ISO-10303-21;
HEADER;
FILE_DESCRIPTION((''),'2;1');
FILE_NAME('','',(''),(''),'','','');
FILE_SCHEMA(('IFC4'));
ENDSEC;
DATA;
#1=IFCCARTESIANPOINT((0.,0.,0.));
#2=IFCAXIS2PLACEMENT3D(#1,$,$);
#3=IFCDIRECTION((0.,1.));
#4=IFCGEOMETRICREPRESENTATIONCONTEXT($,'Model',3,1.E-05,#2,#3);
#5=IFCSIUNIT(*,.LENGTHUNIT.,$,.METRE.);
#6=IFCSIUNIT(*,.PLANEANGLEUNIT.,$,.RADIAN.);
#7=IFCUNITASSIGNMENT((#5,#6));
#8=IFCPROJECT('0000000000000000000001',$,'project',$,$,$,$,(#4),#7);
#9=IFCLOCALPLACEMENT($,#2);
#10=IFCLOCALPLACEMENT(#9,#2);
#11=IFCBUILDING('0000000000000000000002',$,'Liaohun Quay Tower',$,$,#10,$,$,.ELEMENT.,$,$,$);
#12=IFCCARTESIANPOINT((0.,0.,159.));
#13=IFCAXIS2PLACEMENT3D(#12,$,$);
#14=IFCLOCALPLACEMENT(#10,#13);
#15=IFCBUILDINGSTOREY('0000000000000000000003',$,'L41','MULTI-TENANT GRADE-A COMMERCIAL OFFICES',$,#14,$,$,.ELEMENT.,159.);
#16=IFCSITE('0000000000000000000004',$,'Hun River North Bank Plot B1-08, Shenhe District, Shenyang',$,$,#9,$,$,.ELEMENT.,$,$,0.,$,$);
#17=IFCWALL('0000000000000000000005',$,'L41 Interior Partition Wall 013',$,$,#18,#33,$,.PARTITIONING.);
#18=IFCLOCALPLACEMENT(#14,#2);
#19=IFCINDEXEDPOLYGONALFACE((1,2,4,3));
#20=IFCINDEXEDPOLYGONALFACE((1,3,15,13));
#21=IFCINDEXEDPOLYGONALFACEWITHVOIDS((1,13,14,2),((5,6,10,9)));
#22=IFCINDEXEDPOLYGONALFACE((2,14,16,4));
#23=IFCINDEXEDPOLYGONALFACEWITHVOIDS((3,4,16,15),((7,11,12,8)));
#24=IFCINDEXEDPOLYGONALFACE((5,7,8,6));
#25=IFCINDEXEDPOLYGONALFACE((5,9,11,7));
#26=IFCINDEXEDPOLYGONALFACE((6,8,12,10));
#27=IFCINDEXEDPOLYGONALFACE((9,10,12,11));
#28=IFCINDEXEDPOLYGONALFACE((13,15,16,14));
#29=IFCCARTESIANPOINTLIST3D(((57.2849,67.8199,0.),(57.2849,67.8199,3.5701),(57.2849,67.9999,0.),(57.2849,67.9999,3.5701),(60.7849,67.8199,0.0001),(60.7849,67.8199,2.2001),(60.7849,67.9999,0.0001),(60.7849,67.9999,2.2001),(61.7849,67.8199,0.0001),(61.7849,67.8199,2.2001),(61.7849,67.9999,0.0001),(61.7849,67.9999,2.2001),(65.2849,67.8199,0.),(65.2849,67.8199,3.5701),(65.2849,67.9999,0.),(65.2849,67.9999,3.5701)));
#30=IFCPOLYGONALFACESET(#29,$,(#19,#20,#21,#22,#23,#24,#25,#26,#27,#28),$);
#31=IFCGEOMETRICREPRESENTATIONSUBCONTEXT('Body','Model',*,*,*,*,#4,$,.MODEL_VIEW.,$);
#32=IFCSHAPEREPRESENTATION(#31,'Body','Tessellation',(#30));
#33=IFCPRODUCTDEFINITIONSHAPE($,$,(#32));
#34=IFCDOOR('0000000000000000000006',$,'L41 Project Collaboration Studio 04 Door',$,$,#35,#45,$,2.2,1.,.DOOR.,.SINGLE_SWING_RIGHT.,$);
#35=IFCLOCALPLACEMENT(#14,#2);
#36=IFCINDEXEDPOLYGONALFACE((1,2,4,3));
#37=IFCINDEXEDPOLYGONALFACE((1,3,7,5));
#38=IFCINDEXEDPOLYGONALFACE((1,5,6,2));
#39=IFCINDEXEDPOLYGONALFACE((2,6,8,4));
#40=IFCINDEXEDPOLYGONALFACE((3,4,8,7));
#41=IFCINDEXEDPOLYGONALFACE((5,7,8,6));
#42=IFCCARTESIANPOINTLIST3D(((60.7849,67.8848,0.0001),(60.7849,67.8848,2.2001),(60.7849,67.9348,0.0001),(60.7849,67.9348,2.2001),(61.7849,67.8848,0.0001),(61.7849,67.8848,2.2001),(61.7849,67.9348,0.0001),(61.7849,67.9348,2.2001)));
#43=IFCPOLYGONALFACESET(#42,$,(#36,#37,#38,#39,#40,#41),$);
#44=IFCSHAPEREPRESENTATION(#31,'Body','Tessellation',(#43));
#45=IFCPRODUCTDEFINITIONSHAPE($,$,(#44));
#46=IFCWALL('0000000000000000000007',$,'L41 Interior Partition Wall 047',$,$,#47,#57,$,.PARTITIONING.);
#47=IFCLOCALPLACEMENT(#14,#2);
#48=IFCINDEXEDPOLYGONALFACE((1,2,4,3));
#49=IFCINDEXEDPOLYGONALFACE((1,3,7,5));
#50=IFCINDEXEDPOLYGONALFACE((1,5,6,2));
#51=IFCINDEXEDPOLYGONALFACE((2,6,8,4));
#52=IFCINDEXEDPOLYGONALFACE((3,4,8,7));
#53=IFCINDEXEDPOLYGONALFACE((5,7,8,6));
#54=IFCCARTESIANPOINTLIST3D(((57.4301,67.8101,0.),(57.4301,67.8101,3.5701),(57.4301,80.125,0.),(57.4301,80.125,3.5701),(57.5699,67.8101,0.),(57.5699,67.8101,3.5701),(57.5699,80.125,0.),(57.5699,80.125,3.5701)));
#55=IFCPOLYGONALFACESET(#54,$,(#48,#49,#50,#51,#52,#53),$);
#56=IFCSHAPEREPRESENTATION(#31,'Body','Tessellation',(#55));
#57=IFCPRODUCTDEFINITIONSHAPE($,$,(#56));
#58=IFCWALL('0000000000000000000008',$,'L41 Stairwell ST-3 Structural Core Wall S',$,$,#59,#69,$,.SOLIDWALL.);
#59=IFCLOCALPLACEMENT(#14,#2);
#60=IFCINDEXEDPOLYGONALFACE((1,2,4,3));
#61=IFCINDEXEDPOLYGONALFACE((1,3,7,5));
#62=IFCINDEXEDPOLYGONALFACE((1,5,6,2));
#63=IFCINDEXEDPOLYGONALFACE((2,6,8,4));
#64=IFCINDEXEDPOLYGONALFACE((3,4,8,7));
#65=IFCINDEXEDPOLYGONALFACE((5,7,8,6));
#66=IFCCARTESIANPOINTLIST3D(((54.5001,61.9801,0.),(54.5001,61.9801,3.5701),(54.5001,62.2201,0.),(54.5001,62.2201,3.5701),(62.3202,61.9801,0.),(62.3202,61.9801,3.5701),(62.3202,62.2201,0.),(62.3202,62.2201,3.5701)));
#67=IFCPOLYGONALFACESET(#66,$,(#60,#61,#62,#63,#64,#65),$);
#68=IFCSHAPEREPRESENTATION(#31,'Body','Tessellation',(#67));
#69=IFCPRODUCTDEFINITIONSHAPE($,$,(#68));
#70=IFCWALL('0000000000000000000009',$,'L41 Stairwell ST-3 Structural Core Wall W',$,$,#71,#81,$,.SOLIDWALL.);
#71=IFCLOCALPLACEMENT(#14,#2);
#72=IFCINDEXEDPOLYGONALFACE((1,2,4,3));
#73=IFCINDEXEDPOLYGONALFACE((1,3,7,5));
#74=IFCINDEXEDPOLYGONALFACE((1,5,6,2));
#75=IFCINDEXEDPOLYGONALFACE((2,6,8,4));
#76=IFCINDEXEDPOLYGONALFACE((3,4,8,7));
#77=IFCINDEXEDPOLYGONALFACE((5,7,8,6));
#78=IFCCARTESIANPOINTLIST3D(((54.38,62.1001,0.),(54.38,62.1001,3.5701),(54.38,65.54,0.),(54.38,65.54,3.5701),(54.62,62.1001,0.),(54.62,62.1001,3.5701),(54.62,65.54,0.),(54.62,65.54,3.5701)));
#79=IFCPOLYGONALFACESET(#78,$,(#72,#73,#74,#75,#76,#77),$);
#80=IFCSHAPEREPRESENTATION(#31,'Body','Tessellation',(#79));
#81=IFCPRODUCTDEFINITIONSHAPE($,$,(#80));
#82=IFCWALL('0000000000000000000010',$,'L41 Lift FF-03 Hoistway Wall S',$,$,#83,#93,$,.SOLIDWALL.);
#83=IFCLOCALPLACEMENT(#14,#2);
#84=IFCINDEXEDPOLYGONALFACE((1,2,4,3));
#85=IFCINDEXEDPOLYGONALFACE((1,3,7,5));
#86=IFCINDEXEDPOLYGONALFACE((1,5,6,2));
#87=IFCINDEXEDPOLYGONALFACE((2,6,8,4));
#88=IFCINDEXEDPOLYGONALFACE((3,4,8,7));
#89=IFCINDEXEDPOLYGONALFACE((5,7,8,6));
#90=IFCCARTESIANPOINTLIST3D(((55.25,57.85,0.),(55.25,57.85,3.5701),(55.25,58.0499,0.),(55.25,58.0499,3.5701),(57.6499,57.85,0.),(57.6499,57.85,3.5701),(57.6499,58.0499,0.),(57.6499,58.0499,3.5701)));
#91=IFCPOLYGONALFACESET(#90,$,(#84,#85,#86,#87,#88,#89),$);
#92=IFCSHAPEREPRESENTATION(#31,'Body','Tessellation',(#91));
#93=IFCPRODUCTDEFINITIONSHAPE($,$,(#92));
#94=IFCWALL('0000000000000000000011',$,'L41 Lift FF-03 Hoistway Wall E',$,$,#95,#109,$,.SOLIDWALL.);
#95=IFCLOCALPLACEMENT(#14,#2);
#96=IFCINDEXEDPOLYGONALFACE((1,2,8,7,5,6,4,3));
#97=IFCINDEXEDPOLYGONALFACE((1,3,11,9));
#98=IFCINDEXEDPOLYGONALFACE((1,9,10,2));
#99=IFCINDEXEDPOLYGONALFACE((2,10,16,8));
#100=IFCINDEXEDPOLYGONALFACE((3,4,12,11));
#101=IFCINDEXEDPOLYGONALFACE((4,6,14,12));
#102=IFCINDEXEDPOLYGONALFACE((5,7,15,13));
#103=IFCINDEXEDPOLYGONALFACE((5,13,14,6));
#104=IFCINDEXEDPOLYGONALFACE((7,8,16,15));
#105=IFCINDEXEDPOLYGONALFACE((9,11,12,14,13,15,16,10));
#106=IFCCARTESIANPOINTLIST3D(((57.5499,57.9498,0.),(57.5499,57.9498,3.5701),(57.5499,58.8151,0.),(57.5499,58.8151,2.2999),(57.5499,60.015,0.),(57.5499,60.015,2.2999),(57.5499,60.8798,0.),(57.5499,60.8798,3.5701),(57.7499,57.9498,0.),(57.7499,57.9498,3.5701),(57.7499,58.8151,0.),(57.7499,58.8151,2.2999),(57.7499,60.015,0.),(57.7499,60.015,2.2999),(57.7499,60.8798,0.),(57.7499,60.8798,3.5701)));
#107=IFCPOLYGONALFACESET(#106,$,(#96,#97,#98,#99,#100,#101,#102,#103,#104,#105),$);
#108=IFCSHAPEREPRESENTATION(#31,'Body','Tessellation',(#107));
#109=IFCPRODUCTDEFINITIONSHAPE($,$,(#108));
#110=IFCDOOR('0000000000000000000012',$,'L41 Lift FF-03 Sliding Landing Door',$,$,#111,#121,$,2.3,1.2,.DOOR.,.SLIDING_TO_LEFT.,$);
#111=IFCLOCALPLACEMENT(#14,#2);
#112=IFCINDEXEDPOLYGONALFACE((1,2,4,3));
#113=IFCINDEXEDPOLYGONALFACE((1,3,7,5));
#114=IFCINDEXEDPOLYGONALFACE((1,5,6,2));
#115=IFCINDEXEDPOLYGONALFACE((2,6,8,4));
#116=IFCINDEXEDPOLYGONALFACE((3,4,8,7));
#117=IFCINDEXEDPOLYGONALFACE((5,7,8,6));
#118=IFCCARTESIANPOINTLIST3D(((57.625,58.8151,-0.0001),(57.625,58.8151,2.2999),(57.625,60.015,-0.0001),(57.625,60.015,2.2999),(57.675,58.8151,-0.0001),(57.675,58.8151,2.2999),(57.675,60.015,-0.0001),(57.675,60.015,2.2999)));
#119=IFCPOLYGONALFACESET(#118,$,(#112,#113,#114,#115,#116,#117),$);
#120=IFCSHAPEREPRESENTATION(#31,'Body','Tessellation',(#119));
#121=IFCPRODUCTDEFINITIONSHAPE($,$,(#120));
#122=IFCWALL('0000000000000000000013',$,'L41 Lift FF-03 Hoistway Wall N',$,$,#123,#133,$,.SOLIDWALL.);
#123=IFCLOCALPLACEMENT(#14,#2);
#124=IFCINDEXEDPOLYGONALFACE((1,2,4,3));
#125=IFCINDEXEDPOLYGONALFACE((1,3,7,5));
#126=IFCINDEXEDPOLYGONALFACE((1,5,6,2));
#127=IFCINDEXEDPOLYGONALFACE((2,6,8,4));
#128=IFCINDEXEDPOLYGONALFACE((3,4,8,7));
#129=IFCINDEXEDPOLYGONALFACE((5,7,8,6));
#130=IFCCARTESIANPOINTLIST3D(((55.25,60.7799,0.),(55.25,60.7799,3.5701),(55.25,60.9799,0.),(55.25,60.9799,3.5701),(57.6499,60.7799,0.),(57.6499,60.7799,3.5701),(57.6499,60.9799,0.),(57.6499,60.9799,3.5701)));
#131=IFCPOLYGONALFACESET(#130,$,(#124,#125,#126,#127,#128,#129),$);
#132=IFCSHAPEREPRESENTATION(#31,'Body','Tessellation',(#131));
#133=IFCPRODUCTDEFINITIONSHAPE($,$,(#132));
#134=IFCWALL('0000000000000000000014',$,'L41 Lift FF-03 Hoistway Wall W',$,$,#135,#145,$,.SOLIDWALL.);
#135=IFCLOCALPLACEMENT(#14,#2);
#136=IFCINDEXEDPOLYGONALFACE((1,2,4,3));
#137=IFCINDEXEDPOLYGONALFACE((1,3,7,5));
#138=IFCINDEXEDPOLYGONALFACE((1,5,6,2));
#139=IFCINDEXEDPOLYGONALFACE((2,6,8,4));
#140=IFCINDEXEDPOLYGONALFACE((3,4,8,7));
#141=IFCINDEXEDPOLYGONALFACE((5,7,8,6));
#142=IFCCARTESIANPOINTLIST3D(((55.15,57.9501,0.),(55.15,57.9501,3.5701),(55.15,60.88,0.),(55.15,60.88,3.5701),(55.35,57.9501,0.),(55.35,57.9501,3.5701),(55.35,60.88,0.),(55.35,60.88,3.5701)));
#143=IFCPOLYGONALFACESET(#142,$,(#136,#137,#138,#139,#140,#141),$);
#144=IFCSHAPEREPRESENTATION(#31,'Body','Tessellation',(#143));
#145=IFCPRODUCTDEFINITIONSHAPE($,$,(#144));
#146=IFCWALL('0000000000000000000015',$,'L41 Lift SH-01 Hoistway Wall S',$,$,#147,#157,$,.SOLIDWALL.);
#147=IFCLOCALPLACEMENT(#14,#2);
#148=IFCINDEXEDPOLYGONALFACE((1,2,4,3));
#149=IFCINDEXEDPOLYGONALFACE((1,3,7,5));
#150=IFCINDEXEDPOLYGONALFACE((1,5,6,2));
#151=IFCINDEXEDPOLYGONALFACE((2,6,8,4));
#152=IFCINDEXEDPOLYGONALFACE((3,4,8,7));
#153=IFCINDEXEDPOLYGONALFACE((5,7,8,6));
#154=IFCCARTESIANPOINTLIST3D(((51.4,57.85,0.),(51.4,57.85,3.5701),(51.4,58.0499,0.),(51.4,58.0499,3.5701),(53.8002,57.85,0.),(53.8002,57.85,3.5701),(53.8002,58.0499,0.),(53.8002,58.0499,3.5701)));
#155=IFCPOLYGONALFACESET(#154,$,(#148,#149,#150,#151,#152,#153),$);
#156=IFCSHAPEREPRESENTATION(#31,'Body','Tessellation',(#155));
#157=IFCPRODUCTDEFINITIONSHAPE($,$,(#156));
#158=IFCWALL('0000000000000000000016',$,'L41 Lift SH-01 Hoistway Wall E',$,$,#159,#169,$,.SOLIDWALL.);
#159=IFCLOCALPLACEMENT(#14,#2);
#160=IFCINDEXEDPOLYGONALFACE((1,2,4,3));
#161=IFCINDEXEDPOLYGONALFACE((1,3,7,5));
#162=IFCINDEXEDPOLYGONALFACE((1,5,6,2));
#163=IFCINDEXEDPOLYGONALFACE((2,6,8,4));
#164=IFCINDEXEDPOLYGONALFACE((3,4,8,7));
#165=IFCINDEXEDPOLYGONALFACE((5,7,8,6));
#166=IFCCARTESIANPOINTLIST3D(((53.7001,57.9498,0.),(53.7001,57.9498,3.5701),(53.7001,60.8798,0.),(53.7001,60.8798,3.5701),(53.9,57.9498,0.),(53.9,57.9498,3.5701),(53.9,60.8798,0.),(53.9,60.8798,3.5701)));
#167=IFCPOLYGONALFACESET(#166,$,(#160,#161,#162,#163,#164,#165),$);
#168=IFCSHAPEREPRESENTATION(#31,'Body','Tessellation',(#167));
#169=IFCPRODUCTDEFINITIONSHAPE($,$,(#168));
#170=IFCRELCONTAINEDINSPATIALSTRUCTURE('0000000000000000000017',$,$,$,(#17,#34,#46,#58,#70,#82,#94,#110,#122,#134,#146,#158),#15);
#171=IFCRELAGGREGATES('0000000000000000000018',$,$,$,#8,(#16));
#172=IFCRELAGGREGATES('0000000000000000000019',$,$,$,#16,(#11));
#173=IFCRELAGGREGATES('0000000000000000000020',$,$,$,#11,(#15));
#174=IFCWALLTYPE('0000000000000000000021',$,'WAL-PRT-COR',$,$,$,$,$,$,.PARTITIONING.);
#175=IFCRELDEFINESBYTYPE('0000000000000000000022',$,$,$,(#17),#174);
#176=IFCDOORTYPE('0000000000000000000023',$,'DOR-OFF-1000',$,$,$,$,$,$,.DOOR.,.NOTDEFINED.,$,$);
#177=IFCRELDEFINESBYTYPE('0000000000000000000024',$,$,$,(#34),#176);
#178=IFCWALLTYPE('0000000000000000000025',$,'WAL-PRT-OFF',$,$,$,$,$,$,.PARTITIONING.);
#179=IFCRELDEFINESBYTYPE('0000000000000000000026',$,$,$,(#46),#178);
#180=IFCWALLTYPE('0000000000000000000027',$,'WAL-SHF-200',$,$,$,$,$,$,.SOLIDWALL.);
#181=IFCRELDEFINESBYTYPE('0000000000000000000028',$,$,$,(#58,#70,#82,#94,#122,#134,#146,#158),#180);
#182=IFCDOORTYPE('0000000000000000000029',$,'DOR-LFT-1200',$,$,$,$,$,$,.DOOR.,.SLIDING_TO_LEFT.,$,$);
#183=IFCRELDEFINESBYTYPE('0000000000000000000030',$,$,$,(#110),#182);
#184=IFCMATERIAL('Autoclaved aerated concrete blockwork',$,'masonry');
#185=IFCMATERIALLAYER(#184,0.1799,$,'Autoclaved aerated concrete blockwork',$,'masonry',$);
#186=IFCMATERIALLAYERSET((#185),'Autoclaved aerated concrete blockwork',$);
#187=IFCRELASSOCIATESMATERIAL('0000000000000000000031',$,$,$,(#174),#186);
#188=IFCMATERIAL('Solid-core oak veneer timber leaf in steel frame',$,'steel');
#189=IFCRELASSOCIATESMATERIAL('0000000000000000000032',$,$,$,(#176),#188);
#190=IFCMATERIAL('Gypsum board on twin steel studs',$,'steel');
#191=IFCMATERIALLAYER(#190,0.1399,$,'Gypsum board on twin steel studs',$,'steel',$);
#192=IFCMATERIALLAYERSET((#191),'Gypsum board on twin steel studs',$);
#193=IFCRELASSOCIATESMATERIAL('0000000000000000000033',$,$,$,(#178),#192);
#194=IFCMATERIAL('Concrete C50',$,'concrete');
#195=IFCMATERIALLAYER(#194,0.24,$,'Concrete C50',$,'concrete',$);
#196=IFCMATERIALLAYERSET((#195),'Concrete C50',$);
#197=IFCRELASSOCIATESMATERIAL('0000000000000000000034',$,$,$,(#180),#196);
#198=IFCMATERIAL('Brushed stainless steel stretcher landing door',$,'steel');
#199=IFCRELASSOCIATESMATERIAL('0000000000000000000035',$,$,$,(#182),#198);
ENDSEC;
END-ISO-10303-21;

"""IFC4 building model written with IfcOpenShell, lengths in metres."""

from ifc_helpers import new_model, si_unit, direction, frame, frame_2d, origin, place, context, subcontext, project, spatial, rectangle, extrude, source, transform, mapped, material, layer, layer_set, type_object, element, fill, save


model = new_model("IFC4")

# Units and contexts
model_context = context("Model", 3, precision=1e-05, world=origin(), true_north=direction((0.0, 1.0)))
body_context = subcontext(model_context, "Body", "Model", "MODEL_VIEW")
ifc_project = project(units=[si_unit("LENGTHUNIT", "METRE"), si_unit("PLANEANGLEUNIT", "RADIAN")], contexts=[model_context])

# Site, building, storey
site_placement = place(None, origin())
site = spatial("IfcSite", under=ifc_project, at=site_placement, Name="Hun River North Bank Plot B1-08, Shenhe District, Shenyang", CompositionType="ELEMENT", RefElevation=0.0)
building_placement = place(site_placement, origin())
building = spatial("IfcBuilding", under=site, at=building_placement, Name="Liaohun Quay Tower", CompositionType="ELEMENT")
storey_placement = place(building_placement, frame((0.0, 0.0, 159.0)))
storey = spatial("IfcBuildingStorey", under=building, at=storey_placement, Name="L41", Description="MULTI-TENANT GRADE-A COMMERCIAL OFFICES", CompositionType="ELEMENT", Elevation=159.0)

# Wall, opening, door
ifc_material_1 = material(Name="Autoclaved aerated concrete blockwork", Category="masonry")
ifc_layer_1 = layer(ifc_material_1, 0.1799, Name="Autoclaved aerated concrete blockwork", Category="masonry")
ifc_layer_set_1 = layer_set([ifc_layer_1], Name="Autoclaved aerated concrete blockwork")
wall_type_1 = type_object("IfcWallType", Name="WAL-PRT-COR", PredefinedType="PARTITIONING", material=ifc_layer_set_1)
wall_1_placement = place(storey_placement, frame((57.2849, 67.9099, 0.0), z_axis=(0.0, 0.0, 1.0), x_axis=(1.0, 0.0, 0.0)))
wall_1 = element("IfcWall", 1, at=wall_1_placement, inside=storey, type_object=wall_type_1, Name="L41 Interior Partition Wall 013", PredefinedType="PARTITIONING", context=body_context, shape_type="SweptSolid", body=[
    extrude(rectangle(XDim=8.0, YDim=0.1799, at=frame_2d((4.0, 0.0))), origin(), (0.0, 0.0, 1.0), 3.5701),
])
shared_shape_1 = source(origin(), body_context, "Body", "SweptSolid", [
    extrude(rectangle(XDim=1.0, YDim=2.2, at=frame_2d((0.5, 1.1001))), frame((0.0, 0.0999, 0.0), z_axis=(0.0, -1.0, 0.0), x_axis=(1.0, 0.0, 0.0)), (0.0, 0.0, 1.0), 0.2),
])
opening_1_placement = place(wall_1_placement, frame((3.5, 0.0, 0.0)))
opening_1 = element("IfcOpeningElement", 2, at=opening_1_placement, cuts=wall_1, PredefinedType="OPENING", context=body_context, shape_type="MappedRepresentation", body=[
    mapped(shared_shape_1, transform((0.0, 0.0, 0.0), x_axis=(1.0, 0.0, 0.0), y_axis=(0.0, 1.0, 0.0), z_axis=(0.0, 0.0, 1.0), scale=1.0)),
])
ifc_material_2 = material(Name="Solid-core oak veneer timber leaf in steel frame", Category="steel")
door_type_1 = type_object("IfcDoorType", Name="DOR-OFF-1000", OperationType="NOTDEFINED", PredefinedType="DOOR", material=ifc_material_2)
shared_shape_2 = source(origin(), body_context, "Body", "SweptSolid", [
    extrude(rectangle(XDim=1.0, YDim=2.2, at=frame_2d((0.5, 1.1001))), frame((0.0, 0.0249, 0.0), z_axis=(0.0, -1.0, 0.0), x_axis=(1.0, 0.0, 0.0)), (0.0, 0.0, 1.0), 0.05),
])
door_1_placement = place(opening_1_placement, origin())
door_1 = element("IfcDoor", 3, at=door_1_placement, inside=storey, type_object=door_type_1, Name="L41 Project Collaboration Studio 04 Door", OperationType="SINGLE_SWING_RIGHT", OverallHeight=2.2, OverallWidth=1.0, PredefinedType="DOOR", context=body_context, shape_type="MappedRepresentation", body=[
    mapped(shared_shape_2, transform((0.0, 0.0, 0.0), x_axis=(1.0, 0.0, 0.0), y_axis=(0.0, 1.0, 0.0), z_axis=(0.0, 0.0, 1.0), scale=1.0)),
])
fill(opening_1, door_1)

# Walls
ifc_material_3 = material(Name="Gypsum board on twin steel studs", Category="steel")
ifc_layer_2 = layer(ifc_material_3, 0.1399, Name="Gypsum board on twin steel studs", Category="steel")
ifc_layer_set_2 = layer_set([ifc_layer_2], Name="Gypsum board on twin steel studs")
wall_type_2 = type_object("IfcWallType", Name="WAL-PRT-OFF", PredefinedType="PARTITIONING", material=ifc_layer_set_2)
wall_2_placement = place(storey_placement, frame((57.5, 67.8101, 0.0), z_axis=(0.0, 0.0, 1.0), x_axis=(0.0, 1.0, 0.0)))
element("IfcWall", 4, at=wall_2_placement, inside=storey, type_object=wall_type_2, Name="L41 Interior Partition Wall 047", PredefinedType="PARTITIONING", context=body_context, shape_type="SweptSolid", body=[
    extrude(rectangle(XDim=12.3149, YDim=0.1399, at=frame_2d((6.1575, 0.0))), origin(), (0.0, 0.0, 1.0), 3.5701),
])
ifc_material_4 = material(Name="Concrete C50", Category="concrete")
ifc_layer_3 = layer(ifc_material_4, 0.24, Name="Concrete C50", Category="concrete")
ifc_layer_set_3 = layer_set([ifc_layer_3], Name="Concrete C50")
wall_type_3 = type_object("IfcWallType", Name="WAL-SHF-200", PredefinedType="SOLIDWALL", material=ifc_layer_set_3)
wall_3_placement = place(storey_placement, frame((54.5, 62.1001, 0.0), z_axis=(0.0, 0.0, 1.0), x_axis=(1.0, 0.0, 0.0)))
element("IfcWall", 5, at=wall_3_placement, inside=storey, type_object=wall_type_3, Name="L41 Stairwell ST-3 Structural Core Wall S", PredefinedType="SOLIDWALL", context=body_context, shape_type="SweptSolid", body=[
    extrude(rectangle(XDim=7.8201, YDim=0.24, at=frame_2d((3.9102, 0.0))), origin(), (0.0, 0.0, 1.0), 3.5701),
])
wall_4_placement = place(storey_placement, frame((54.5, 65.54, 0.0), z_axis=(0.0, 0.0, 1.0), x_axis=(0.0, -1.0, 0.0)))
element("IfcWall", 6, at=wall_4_placement, inside=storey, type_object=wall_type_3, Name="L41 Stairwell ST-3 Structural Core Wall W", PredefinedType="SOLIDWALL", context=body_context, shape_type="SweptSolid", body=[
    extrude(rectangle(XDim=3.4399, YDim=0.24, at=frame_2d((1.72, 0.0))), origin(), (0.0, 0.0, 1.0), 3.5701),
])
wall_5_placement = place(storey_placement, frame((55.25, 57.95, 0.0), z_axis=(0.0, 0.0, 1.0), x_axis=(1.0, 0.0, 0.0)))
element("IfcWall", 7, at=wall_5_placement, inside=storey, type_object=wall_type_3, Name="L41 Lift FF-03 Hoistway Wall S", PredefinedType="SOLIDWALL", context=body_context, shape_type="SweptSolid", body=[
    extrude(rectangle(XDim=2.3999, YDim=0.2, at=frame_2d((1.2, 0.0))), origin(), (0.0, 0.0, 1.0), 3.5701),
])

# Wall, opening, door
wall_6_placement = place(storey_placement, frame((57.6499, 57.95, 0.0), z_axis=(0.0, 0.0, 1.0), x_axis=(0.0, 1.0, 0.0)))
wall_6 = element("IfcWall", 8, at=wall_6_placement, inside=storey, type_object=wall_type_3, Name="L41 Lift FF-03 Hoistway Wall E", PredefinedType="SOLIDWALL", context=body_context, shape_type="SweptSolid", body=[
    extrude(rectangle(XDim=2.9299, YDim=0.2, at=frame_2d((1.4648, 0.0))), origin(), (0.0, 0.0, 1.0), 3.5701),
])
shared_shape_3 = source(origin(), body_context, "Body", "SweptSolid", [
    extrude(rectangle(XDim=1.2, YDim=2.3, at=frame_2d((0.6001, 1.1499))), frame((0.0, 0.1099, 0.0), z_axis=(0.0, -1.0, 0.0), x_axis=(1.0, 0.0, 0.0)), (0.0, 0.0, 1.0), 0.22),
])
opening_2_placement = place(wall_6_placement, frame((0.865, 0.0, 0.0)))
opening_2 = element("IfcOpeningElement", 9, at=opening_2_placement, cuts=wall_6, PredefinedType="OPENING", context=body_context, shape_type="MappedRepresentation", body=[
    mapped(shared_shape_3, transform((0.0, 0.0, 0.0), x_axis=(1.0, 0.0, 0.0), y_axis=(0.0, 1.0, 0.0), z_axis=(0.0, 0.0, 1.0), scale=1.0)),
])
ifc_material_5 = material(Name="Brushed stainless steel stretcher landing door", Category="steel")
door_type_2 = type_object("IfcDoorType", Name="DOR-LFT-1200", OperationType="SLIDING_TO_LEFT", PredefinedType="DOOR", material=ifc_material_5)
shared_shape_4 = source(origin(), body_context, "Body", "SweptSolid", [
    extrude(rectangle(XDim=1.2, YDim=2.3, at=frame_2d((0.6001, 1.1499))), frame((0.0, 0.0249, 0.0), z_axis=(0.0, -1.0, 0.0), x_axis=(1.0, 0.0, 0.0)), (0.0, 0.0, 1.0), 0.05),
])
door_2_placement = place(opening_2_placement, origin())
door_2 = element("IfcDoor", 10, at=door_2_placement, inside=storey, type_object=door_type_2, Name="L41 Lift FF-03 Sliding Landing Door", OperationType="SLIDING_TO_LEFT", OverallHeight=2.3, OverallWidth=1.2, PredefinedType="DOOR", context=body_context, shape_type="MappedRepresentation", body=[
    mapped(shared_shape_4, transform((0.0, 0.0, 0.0), x_axis=(1.0, 0.0, 0.0), y_axis=(0.0, 1.0, 0.0), z_axis=(0.0, 0.0, 1.0), scale=1.0)),
])
fill(opening_2, door_2)

# Walls
wall_7_placement = place(storey_placement, frame((57.6499, 60.8799, 0.0), z_axis=(0.0, 0.0, 1.0), x_axis=(-1.0, 0.0, 0.0)))
element("IfcWall", 11, at=wall_7_placement, inside=storey, type_object=wall_type_3, Name="L41 Lift FF-03 Hoistway Wall N", PredefinedType="SOLIDWALL", context=body_context, shape_type="SweptSolid", body=[
    extrude(rectangle(XDim=2.3999, YDim=0.2, at=frame_2d((1.2, 0.0))), origin(), (0.0, 0.0, 1.0), 3.5701),
])
wall_8_placement = place(storey_placement, frame((55.25, 60.8799, 0.0), z_axis=(0.0, 0.0, 1.0), x_axis=(0.0, -1.0, 0.0)))
element("IfcWall", 12, at=wall_8_placement, inside=storey, type_object=wall_type_3, Name="L41 Lift FF-03 Hoistway Wall W", PredefinedType="SOLIDWALL", context=body_context, shape_type="SweptSolid", body=[
    extrude(rectangle(XDim=2.9299, YDim=0.2, at=frame_2d((1.4648, 0.0))), origin(), (0.0, 0.0, 1.0), 3.5701),
])
wall_9_placement = place(storey_placement, frame((51.3999, 57.95, 0.0), z_axis=(0.0, 0.0, 1.0), x_axis=(1.0, 0.0, 0.0)))
element("IfcWall", 13, at=wall_9_placement, inside=storey, type_object=wall_type_3, Name="L41 Lift SH-01 Hoistway Wall S", PredefinedType="SOLIDWALL", context=body_context, shape_type="SweptSolid", body=[
    extrude(rectangle(XDim=2.4001, YDim=0.2, at=frame_2d((1.2002, 0.0))), origin(), (0.0, 0.0, 1.0), 3.5701),
])
wall_10_placement = place(storey_placement, frame((53.8, 57.95, 0.0), z_axis=(0.0, 0.0, 1.0), x_axis=(0.0, 1.0, 0.0)))
element("IfcWall", 14, at=wall_10_placement, inside=storey, type_object=wall_type_3, Name="L41 Lift SH-01 Hoistway Wall E", PredefinedType="SOLIDWALL", context=body_context, shape_type="SweptSolid", body=[
    extrude(rectangle(XDim=2.9299, YDim=0.2, at=frame_2d((1.4648, 0.0))), origin(), (0.0, 0.0, 1.0), 3.5701),
])

save(model, "model.ifc")
